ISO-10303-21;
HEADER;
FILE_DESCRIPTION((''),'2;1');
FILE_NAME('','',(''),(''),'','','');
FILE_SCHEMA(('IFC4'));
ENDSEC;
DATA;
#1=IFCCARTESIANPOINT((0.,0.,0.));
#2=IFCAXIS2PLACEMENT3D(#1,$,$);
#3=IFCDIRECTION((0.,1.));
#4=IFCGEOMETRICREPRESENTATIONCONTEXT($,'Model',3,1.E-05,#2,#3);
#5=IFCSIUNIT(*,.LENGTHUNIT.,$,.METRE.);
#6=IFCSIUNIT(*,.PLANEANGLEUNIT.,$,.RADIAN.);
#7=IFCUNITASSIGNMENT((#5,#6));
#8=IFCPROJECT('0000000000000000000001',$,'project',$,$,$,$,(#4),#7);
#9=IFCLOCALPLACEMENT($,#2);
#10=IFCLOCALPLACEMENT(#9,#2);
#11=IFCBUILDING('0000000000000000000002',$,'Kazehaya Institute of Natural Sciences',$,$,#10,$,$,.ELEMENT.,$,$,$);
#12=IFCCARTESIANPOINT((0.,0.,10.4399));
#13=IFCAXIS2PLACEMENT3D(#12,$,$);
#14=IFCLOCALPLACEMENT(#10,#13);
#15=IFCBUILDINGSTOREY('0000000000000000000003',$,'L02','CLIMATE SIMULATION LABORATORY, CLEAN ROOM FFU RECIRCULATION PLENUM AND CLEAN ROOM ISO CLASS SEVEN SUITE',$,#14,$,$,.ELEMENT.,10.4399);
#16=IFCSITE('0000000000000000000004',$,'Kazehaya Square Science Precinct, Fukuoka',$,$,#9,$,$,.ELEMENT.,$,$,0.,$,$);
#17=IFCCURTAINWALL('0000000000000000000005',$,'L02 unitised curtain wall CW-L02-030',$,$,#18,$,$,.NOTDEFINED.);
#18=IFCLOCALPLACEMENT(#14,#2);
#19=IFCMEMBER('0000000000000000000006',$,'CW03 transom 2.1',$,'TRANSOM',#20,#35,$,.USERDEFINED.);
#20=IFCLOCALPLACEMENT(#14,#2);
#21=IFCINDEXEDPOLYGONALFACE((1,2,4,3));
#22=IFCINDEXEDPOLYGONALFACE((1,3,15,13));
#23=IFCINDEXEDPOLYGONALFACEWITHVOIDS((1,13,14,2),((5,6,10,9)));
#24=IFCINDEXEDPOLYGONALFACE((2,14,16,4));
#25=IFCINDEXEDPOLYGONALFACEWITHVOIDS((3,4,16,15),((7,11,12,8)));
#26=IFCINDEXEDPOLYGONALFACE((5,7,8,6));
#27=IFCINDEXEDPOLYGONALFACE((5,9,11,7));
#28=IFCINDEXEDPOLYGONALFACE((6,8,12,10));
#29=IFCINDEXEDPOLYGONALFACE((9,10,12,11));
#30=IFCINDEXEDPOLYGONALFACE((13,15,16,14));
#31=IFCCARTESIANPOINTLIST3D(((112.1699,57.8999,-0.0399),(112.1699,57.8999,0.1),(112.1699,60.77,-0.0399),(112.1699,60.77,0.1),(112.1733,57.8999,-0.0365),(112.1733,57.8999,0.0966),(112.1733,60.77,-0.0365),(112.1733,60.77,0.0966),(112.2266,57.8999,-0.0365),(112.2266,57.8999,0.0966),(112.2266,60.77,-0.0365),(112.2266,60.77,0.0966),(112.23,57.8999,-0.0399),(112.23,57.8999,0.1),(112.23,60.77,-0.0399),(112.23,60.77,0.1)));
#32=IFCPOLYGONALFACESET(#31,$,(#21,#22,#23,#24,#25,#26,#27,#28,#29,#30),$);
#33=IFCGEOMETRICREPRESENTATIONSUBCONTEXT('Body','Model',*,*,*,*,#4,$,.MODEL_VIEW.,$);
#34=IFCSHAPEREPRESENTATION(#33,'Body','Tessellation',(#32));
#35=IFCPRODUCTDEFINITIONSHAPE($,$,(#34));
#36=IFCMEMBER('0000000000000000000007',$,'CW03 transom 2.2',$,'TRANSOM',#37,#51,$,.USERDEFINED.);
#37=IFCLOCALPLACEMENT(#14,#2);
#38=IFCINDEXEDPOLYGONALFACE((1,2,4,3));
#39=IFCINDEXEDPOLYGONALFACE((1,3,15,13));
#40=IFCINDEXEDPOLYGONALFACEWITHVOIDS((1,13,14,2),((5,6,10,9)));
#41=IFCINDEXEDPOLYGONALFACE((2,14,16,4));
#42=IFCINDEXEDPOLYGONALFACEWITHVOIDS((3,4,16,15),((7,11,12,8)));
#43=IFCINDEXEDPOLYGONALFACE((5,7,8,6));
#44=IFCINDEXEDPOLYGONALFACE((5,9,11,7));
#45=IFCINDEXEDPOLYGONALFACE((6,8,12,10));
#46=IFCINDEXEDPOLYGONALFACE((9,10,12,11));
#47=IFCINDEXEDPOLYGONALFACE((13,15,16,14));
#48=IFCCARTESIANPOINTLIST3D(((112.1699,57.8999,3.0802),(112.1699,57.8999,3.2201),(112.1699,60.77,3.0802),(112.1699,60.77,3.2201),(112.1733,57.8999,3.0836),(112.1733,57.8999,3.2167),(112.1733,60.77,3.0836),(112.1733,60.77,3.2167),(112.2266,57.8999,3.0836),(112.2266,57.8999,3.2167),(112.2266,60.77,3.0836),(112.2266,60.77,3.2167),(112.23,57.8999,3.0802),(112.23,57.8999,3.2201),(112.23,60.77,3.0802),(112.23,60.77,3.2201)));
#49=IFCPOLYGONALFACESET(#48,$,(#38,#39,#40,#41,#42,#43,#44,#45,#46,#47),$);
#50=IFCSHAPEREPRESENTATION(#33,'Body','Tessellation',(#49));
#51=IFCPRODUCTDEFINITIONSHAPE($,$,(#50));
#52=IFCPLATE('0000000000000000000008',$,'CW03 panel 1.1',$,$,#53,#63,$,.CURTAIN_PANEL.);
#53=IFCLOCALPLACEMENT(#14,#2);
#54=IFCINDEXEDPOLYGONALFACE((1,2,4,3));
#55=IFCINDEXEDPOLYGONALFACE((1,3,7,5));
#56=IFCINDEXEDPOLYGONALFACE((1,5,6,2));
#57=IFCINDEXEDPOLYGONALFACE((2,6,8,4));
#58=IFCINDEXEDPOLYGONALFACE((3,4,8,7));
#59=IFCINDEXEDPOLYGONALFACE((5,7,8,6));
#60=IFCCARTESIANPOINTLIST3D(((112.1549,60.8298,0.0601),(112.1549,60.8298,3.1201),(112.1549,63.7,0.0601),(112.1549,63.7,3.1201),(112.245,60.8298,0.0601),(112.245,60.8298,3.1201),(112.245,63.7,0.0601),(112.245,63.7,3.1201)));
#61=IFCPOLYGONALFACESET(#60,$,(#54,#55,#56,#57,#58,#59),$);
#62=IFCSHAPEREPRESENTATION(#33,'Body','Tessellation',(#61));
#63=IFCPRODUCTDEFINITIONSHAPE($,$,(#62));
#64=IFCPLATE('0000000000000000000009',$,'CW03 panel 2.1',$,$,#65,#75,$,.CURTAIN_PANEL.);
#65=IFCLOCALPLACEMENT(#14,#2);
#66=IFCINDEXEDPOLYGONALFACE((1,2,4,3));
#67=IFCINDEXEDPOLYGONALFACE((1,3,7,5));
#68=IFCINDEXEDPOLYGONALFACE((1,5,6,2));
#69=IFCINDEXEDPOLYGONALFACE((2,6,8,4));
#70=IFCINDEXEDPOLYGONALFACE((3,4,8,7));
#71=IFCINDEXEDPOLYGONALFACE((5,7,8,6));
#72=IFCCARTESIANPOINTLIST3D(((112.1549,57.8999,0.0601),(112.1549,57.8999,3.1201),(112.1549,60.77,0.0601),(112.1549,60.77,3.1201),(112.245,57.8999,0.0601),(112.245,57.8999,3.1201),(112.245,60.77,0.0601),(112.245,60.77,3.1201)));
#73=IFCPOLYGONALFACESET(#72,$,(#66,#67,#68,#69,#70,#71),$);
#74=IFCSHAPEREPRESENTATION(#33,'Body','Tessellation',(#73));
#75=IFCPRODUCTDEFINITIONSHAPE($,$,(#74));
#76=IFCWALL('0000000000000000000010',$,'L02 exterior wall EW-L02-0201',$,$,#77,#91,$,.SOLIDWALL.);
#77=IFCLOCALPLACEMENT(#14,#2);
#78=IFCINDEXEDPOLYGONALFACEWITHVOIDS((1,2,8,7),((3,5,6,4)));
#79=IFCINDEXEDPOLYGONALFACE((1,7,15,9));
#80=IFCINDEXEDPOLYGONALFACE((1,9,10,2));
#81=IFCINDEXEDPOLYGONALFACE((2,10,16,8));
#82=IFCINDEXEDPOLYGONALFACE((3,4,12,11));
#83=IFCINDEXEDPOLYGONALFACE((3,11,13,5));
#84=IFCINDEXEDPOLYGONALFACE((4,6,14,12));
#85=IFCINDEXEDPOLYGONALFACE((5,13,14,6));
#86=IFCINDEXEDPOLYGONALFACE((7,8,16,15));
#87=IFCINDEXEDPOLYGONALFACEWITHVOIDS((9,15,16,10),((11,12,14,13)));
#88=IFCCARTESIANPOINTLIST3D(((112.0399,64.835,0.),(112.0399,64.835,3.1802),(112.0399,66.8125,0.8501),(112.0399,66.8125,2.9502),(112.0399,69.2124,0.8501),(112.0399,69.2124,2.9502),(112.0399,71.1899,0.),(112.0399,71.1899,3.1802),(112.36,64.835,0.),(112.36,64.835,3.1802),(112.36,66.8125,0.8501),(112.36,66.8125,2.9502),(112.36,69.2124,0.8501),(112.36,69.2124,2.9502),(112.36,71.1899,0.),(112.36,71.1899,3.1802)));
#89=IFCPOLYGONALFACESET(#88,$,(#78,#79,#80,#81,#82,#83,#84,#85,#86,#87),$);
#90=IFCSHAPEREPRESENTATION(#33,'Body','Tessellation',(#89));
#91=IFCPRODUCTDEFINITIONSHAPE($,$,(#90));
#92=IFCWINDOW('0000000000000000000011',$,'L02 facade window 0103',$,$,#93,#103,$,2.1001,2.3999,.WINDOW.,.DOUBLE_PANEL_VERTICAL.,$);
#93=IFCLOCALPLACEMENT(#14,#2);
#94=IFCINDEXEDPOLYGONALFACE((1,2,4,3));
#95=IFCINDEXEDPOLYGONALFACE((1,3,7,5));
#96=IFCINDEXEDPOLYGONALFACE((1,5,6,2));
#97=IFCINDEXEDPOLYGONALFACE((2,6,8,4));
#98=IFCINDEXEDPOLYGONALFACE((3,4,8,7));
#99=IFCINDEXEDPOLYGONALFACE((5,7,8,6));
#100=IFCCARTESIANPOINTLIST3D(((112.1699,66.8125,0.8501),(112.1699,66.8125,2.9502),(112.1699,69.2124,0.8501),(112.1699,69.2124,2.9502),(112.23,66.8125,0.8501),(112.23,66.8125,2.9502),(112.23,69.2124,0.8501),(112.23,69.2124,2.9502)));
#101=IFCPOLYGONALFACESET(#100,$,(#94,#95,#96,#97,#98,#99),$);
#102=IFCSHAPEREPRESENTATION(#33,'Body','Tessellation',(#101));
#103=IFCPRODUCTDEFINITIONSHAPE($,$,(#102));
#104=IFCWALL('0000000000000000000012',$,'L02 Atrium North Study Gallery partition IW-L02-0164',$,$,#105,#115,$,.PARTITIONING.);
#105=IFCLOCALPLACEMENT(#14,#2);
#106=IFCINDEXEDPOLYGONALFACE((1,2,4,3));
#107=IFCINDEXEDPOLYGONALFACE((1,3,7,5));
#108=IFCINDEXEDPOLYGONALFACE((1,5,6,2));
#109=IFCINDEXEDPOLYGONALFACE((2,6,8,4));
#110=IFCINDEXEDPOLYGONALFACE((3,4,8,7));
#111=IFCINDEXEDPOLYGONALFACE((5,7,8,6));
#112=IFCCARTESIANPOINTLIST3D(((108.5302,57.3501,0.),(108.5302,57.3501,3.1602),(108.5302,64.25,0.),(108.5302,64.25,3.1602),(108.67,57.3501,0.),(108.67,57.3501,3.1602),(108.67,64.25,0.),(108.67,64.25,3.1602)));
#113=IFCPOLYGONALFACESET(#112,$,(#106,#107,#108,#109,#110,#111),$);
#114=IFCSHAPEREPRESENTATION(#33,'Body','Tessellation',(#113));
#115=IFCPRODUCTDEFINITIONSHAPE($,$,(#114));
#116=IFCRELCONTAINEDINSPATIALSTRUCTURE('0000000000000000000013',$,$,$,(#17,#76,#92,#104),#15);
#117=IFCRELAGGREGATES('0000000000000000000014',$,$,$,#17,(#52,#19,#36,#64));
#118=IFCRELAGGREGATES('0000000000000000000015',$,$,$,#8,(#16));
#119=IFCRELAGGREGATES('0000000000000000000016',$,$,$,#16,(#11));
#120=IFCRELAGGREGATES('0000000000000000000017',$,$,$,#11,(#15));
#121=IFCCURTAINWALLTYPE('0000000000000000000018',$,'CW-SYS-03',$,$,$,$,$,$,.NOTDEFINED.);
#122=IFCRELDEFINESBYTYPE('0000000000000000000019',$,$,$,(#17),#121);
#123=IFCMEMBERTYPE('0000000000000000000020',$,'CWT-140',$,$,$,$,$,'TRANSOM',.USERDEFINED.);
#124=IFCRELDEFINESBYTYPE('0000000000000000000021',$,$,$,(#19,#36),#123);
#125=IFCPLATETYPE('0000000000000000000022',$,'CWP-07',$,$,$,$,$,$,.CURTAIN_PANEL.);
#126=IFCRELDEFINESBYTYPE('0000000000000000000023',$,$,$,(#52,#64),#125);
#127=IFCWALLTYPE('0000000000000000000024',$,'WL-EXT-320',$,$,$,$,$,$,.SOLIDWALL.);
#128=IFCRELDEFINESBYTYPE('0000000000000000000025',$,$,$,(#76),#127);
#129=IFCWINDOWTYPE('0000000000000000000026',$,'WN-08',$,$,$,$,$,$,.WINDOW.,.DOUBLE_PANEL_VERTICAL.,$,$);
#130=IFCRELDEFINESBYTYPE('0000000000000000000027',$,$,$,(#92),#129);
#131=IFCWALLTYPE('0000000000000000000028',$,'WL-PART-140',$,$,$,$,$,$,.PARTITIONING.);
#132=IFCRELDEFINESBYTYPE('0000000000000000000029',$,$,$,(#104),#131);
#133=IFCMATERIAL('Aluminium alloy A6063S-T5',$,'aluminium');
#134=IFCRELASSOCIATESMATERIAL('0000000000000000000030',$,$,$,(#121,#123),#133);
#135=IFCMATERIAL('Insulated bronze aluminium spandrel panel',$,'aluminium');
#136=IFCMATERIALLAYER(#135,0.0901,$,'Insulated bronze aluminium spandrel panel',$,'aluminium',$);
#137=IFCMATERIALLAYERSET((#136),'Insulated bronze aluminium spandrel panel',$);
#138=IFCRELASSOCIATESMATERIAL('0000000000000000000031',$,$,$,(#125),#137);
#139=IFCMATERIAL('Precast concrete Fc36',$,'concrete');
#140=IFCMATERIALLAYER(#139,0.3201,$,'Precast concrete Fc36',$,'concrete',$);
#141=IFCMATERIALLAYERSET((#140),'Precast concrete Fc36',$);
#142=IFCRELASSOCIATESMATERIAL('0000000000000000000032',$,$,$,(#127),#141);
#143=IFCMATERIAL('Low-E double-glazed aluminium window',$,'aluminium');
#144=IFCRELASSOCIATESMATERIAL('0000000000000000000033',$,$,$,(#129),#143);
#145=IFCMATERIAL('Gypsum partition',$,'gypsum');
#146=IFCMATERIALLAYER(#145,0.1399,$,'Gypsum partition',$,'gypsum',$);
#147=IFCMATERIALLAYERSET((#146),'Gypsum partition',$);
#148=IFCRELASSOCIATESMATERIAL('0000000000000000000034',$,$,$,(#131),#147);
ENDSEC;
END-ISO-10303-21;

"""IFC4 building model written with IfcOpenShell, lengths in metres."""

from ifc_helpers import new_model, si_unit, direction, frame, frame_2d, origin, origin_2d, place, context, subcontext, project, spatial, rectangle, hollow_rectangle, extrude, material, layer, layer_set, material_profile, profile_set, type_object, element, fill, aggregate, save


model = new_model("IFC4")

# Units and contexts
model_context = context("Model", 3, precision=1e-05, world=origin(), true_north=direction((0.0, 1.0)))
body_context = subcontext(model_context, "Body", "Model", "MODEL_VIEW")
ifc_project = project(units=[si_unit("LENGTHUNIT", "METRE"), si_unit("PLANEANGLEUNIT", "RADIAN")], contexts=[model_context])

# Site, building, storey
site_placement = place(None, origin())
site = spatial("IfcSite", under=ifc_project, at=site_placement, Name="Kazehaya Square Science Precinct, Fukuoka", CompositionType="ELEMENT", RefElevation=0.0)
building_placement = place(site_placement, origin())
building = spatial("IfcBuilding", under=site, at=building_placement, Name="Kazehaya Institute of Natural Sciences", CompositionType="ELEMENT")
storey_placement = place(building_placement, frame((0.0, 0.0, 10.4399)))
storey = spatial("IfcBuildingStorey", under=building, at=storey_placement, Name="L02", Description="CLIMATE SIMULATION LABORATORY, CLEAN ROOM FFU RECIRCULATION PLENUM AND CLEAN ROOM ISO CLASS SEVEN SUITE", CompositionType="ELEMENT", Elevation=10.4399)

# Curtain wall, members, plates
ifc_material_1 = material(Name="Aluminium alloy A6063S-T5", Category="aluminium")
curtain_wall_type = type_object("IfcCurtainWallType", Name="CW-SYS-03", PredefinedType="NOTDEFINED", material=ifc_material_1)
curtain_wall_placement = place(storey_placement, origin())
curtain_wall = element("IfcCurtainWall", 1, at=curtain_wall_placement, inside=storey, type_object=curtain_wall_type, Name="L02 unitised curtain wall CW-L02-030", PredefinedType="NOTDEFINED")
ifc_material_profile_1 = material_profile(ifc_material_1, hollow_rectangle(XDim=0.0601, YDim=0.1399, WallThickness=0.0034, at=origin_2d()), Name="ALU-60x140x3.5")
ifc_profile_set_1 = profile_set([ifc_material_profile_1], Name="Aluminium alloy A6063S-T5")
member_type_1 = type_object("IfcMemberType", Name="CWT-140", ElementType="TRANSOM", PredefinedType="USERDEFINED", material=ifc_profile_set_1)
member_1_placement = place(storey_placement, frame((112.2, 60.77, 0.03), z_axis=(0.0, -1.0, 0.0), x_axis=(1.0, 0.0, 0.0)))
member_1 = element("IfcMember", 2, at=member_1_placement, type_object=member_type_1, Name="CW03 transom 2.1", ObjectType="TRANSOM", PredefinedType="USERDEFINED", context=body_context, shape_type="SweptSolid", body=[
    extrude(hollow_rectangle(XDim=0.0601, YDim=0.1399, WallThickness=0.0034, at=origin_2d()), origin(), (0.0, 0.0, 1.0), 2.8701),
])
member_2_placement = place(storey_placement, frame((112.2, 60.77, 3.1501), z_axis=(0.0, -1.0, 0.0), x_axis=(1.0, 0.0, 0.0)))
member_2 = element("IfcMember", 3, at=member_2_placement, type_object=member_type_1, Name="CW03 transom 2.2", ObjectType="TRANSOM", PredefinedType="USERDEFINED", context=body_context, shape_type="SweptSolid", body=[
    extrude(hollow_rectangle(XDim=0.0601, YDim=0.1399, WallThickness=0.0034, at=origin_2d()), origin(), (0.0, 0.0, 1.0), 2.8701),
])
ifc_material_2 = material(Name="Insulated bronze aluminium spandrel panel", Category="aluminium")
ifc_layer_1 = layer(ifc_material_2, 0.0901, Name="Insulated bronze aluminium spandrel panel", Category="aluminium")
ifc_layer_set_1 = layer_set([ifc_layer_1], Name="Insulated bronze aluminium spandrel panel")
plate_type = type_object("IfcPlateType", Name="CWP-07", PredefinedType="CURTAIN_PANEL", material=ifc_layer_set_1)
plate_1_placement = place(storey_placement, frame((112.2, 62.2649, 0.0601), z_axis=(0.0, 0.0, 1.0), x_axis=(0.0, -1.0, 0.0)))
plate_1 = element("IfcPlate", 4, at=plate_1_placement, type_object=plate_type, Name="CW03 panel 1.1", PredefinedType="CURTAIN_PANEL", context=body_context, shape_type="SweptSolid", body=[
    extrude(rectangle(XDim=2.8701, YDim=0.0901, at=origin_2d()), origin(), (0.0, 0.0, 1.0), 3.0601),
])
plate_2_placement = place(storey_placement, frame((112.2, 59.335, 0.0601), z_axis=(0.0, 0.0, 1.0), x_axis=(0.0, -1.0, 0.0)))
plate_2 = element("IfcPlate", 5, at=plate_2_placement, type_object=plate_type, Name="CW03 panel 2.1", PredefinedType="CURTAIN_PANEL", context=body_context, shape_type="SweptSolid", body=[
    extrude(rectangle(XDim=2.8701, YDim=0.0901, at=origin_2d()), origin(), (0.0, 0.0, 1.0), 3.0601),
])
aggregate(curtain_wall, [plate_1, member_1, member_2, plate_2])

# Wall, opening, window
ifc_material_3 = material(Name="Precast concrete Fc36", Category="concrete")
ifc_layer_2 = layer(ifc_material_3, 0.3201, Name="Precast concrete Fc36", Category="concrete")
ifc_layer_set_2 = layer_set([ifc_layer_2], Name="Precast concrete Fc36")
wall_type_1 = type_object("IfcWallType", Name="WL-EXT-320", PredefinedType="SOLIDWALL", material=ifc_layer_set_2)
wall_1_placement = place(storey_placement, frame((112.2, 71.1899, 0.0), z_axis=(0.0, 0.0, 1.0), x_axis=(0.0, -1.0, 0.0)))
wall_1 = element("IfcWall", 6, at=wall_1_placement, inside=storey, type_object=wall_type_1, Name="L02 exterior wall EW-L02-0201", PredefinedType="SOLIDWALL", context=body_context, shape_type="SweptSolid", body=[
    extrude(rectangle(XDim=6.355, YDim=0.3201, at=frame_2d((3.1775, 0.0))), origin(), (0.0, 0.0, 1.0), 3.1802),
])
opening_placement = place(wall_1_placement, frame((1.9775, 0.0, 0.8501)))
opening = element("IfcOpeningElement", 7, at=opening_placement, cuts=wall_1, PredefinedType="OPENING", context=body_context, shape_type="SweptSolid", body=[
    extrude(rectangle(XDim=2.3999, YDim=2.1001, at=frame_2d((1.2, 1.05))), frame((0.0, 0.1699, 0.0), z_axis=(0.0, -1.0, 0.0), x_axis=(1.0, 0.0, 0.0)), (0.0, 0.0, 1.0), 0.3401),
])
ifc_material_4 = material(Name="Low-E double-glazed aluminium window", Category="aluminium")
window_type = type_object("IfcWindowType", Name="WN-08", PartitioningType="DOUBLE_PANEL_VERTICAL", PredefinedType="WINDOW", material=ifc_material_4)
window_placement = place(opening_placement, origin())
window = element("IfcWindow", 8, at=window_placement, inside=storey, type_object=window_type, Name="L02 facade window 0103", OverallHeight=2.1001, OverallWidth=2.3999, PartitioningType="DOUBLE_PANEL_VERTICAL", PredefinedType="WINDOW", context=body_context, shape_type="SweptSolid", body=[
    extrude(rectangle(XDim=2.3999, YDim=2.1001, at=frame_2d((1.2, 1.05))), frame((0.0, 0.03, 0.0), z_axis=(0.0, -1.0, 0.0), x_axis=(1.0, 0.0, 0.0)), (0.0, 0.0, 1.0), 0.0601),
])
fill(opening, window)

# Wall
ifc_material_5 = material(Name="Gypsum partition", Category="gypsum")
ifc_layer_3 = layer(ifc_material_5, 0.1399, Name="Gypsum partition", Category="gypsum")
ifc_layer_set_3 = layer_set([ifc_layer_3], Name="Gypsum partition")
wall_type_2 = type_object("IfcWallType", Name="WL-PART-140", PredefinedType="PARTITIONING", material=ifc_layer_set_3)
wall_2_placement = place(storey_placement, frame((108.6001, 64.25, 0.0), z_axis=(0.0, 0.0, 1.0), x_axis=(0.0, -1.0, 0.0)))
element("IfcWall", 9, at=wall_2_placement, inside=storey, type_object=wall_type_2, Name="L02 Atrium North Study Gallery partition IW-L02-0164", PredefinedType="PARTITIONING", context=body_context, shape_type="SweptSolid", body=[
    extrude(rectangle(XDim=6.8999, YDim=0.1399, at=frame_2d((3.45, 0.0))), origin(), (0.0, 0.0, 1.0), 3.1602),
])

save(model, "model.ifc")
